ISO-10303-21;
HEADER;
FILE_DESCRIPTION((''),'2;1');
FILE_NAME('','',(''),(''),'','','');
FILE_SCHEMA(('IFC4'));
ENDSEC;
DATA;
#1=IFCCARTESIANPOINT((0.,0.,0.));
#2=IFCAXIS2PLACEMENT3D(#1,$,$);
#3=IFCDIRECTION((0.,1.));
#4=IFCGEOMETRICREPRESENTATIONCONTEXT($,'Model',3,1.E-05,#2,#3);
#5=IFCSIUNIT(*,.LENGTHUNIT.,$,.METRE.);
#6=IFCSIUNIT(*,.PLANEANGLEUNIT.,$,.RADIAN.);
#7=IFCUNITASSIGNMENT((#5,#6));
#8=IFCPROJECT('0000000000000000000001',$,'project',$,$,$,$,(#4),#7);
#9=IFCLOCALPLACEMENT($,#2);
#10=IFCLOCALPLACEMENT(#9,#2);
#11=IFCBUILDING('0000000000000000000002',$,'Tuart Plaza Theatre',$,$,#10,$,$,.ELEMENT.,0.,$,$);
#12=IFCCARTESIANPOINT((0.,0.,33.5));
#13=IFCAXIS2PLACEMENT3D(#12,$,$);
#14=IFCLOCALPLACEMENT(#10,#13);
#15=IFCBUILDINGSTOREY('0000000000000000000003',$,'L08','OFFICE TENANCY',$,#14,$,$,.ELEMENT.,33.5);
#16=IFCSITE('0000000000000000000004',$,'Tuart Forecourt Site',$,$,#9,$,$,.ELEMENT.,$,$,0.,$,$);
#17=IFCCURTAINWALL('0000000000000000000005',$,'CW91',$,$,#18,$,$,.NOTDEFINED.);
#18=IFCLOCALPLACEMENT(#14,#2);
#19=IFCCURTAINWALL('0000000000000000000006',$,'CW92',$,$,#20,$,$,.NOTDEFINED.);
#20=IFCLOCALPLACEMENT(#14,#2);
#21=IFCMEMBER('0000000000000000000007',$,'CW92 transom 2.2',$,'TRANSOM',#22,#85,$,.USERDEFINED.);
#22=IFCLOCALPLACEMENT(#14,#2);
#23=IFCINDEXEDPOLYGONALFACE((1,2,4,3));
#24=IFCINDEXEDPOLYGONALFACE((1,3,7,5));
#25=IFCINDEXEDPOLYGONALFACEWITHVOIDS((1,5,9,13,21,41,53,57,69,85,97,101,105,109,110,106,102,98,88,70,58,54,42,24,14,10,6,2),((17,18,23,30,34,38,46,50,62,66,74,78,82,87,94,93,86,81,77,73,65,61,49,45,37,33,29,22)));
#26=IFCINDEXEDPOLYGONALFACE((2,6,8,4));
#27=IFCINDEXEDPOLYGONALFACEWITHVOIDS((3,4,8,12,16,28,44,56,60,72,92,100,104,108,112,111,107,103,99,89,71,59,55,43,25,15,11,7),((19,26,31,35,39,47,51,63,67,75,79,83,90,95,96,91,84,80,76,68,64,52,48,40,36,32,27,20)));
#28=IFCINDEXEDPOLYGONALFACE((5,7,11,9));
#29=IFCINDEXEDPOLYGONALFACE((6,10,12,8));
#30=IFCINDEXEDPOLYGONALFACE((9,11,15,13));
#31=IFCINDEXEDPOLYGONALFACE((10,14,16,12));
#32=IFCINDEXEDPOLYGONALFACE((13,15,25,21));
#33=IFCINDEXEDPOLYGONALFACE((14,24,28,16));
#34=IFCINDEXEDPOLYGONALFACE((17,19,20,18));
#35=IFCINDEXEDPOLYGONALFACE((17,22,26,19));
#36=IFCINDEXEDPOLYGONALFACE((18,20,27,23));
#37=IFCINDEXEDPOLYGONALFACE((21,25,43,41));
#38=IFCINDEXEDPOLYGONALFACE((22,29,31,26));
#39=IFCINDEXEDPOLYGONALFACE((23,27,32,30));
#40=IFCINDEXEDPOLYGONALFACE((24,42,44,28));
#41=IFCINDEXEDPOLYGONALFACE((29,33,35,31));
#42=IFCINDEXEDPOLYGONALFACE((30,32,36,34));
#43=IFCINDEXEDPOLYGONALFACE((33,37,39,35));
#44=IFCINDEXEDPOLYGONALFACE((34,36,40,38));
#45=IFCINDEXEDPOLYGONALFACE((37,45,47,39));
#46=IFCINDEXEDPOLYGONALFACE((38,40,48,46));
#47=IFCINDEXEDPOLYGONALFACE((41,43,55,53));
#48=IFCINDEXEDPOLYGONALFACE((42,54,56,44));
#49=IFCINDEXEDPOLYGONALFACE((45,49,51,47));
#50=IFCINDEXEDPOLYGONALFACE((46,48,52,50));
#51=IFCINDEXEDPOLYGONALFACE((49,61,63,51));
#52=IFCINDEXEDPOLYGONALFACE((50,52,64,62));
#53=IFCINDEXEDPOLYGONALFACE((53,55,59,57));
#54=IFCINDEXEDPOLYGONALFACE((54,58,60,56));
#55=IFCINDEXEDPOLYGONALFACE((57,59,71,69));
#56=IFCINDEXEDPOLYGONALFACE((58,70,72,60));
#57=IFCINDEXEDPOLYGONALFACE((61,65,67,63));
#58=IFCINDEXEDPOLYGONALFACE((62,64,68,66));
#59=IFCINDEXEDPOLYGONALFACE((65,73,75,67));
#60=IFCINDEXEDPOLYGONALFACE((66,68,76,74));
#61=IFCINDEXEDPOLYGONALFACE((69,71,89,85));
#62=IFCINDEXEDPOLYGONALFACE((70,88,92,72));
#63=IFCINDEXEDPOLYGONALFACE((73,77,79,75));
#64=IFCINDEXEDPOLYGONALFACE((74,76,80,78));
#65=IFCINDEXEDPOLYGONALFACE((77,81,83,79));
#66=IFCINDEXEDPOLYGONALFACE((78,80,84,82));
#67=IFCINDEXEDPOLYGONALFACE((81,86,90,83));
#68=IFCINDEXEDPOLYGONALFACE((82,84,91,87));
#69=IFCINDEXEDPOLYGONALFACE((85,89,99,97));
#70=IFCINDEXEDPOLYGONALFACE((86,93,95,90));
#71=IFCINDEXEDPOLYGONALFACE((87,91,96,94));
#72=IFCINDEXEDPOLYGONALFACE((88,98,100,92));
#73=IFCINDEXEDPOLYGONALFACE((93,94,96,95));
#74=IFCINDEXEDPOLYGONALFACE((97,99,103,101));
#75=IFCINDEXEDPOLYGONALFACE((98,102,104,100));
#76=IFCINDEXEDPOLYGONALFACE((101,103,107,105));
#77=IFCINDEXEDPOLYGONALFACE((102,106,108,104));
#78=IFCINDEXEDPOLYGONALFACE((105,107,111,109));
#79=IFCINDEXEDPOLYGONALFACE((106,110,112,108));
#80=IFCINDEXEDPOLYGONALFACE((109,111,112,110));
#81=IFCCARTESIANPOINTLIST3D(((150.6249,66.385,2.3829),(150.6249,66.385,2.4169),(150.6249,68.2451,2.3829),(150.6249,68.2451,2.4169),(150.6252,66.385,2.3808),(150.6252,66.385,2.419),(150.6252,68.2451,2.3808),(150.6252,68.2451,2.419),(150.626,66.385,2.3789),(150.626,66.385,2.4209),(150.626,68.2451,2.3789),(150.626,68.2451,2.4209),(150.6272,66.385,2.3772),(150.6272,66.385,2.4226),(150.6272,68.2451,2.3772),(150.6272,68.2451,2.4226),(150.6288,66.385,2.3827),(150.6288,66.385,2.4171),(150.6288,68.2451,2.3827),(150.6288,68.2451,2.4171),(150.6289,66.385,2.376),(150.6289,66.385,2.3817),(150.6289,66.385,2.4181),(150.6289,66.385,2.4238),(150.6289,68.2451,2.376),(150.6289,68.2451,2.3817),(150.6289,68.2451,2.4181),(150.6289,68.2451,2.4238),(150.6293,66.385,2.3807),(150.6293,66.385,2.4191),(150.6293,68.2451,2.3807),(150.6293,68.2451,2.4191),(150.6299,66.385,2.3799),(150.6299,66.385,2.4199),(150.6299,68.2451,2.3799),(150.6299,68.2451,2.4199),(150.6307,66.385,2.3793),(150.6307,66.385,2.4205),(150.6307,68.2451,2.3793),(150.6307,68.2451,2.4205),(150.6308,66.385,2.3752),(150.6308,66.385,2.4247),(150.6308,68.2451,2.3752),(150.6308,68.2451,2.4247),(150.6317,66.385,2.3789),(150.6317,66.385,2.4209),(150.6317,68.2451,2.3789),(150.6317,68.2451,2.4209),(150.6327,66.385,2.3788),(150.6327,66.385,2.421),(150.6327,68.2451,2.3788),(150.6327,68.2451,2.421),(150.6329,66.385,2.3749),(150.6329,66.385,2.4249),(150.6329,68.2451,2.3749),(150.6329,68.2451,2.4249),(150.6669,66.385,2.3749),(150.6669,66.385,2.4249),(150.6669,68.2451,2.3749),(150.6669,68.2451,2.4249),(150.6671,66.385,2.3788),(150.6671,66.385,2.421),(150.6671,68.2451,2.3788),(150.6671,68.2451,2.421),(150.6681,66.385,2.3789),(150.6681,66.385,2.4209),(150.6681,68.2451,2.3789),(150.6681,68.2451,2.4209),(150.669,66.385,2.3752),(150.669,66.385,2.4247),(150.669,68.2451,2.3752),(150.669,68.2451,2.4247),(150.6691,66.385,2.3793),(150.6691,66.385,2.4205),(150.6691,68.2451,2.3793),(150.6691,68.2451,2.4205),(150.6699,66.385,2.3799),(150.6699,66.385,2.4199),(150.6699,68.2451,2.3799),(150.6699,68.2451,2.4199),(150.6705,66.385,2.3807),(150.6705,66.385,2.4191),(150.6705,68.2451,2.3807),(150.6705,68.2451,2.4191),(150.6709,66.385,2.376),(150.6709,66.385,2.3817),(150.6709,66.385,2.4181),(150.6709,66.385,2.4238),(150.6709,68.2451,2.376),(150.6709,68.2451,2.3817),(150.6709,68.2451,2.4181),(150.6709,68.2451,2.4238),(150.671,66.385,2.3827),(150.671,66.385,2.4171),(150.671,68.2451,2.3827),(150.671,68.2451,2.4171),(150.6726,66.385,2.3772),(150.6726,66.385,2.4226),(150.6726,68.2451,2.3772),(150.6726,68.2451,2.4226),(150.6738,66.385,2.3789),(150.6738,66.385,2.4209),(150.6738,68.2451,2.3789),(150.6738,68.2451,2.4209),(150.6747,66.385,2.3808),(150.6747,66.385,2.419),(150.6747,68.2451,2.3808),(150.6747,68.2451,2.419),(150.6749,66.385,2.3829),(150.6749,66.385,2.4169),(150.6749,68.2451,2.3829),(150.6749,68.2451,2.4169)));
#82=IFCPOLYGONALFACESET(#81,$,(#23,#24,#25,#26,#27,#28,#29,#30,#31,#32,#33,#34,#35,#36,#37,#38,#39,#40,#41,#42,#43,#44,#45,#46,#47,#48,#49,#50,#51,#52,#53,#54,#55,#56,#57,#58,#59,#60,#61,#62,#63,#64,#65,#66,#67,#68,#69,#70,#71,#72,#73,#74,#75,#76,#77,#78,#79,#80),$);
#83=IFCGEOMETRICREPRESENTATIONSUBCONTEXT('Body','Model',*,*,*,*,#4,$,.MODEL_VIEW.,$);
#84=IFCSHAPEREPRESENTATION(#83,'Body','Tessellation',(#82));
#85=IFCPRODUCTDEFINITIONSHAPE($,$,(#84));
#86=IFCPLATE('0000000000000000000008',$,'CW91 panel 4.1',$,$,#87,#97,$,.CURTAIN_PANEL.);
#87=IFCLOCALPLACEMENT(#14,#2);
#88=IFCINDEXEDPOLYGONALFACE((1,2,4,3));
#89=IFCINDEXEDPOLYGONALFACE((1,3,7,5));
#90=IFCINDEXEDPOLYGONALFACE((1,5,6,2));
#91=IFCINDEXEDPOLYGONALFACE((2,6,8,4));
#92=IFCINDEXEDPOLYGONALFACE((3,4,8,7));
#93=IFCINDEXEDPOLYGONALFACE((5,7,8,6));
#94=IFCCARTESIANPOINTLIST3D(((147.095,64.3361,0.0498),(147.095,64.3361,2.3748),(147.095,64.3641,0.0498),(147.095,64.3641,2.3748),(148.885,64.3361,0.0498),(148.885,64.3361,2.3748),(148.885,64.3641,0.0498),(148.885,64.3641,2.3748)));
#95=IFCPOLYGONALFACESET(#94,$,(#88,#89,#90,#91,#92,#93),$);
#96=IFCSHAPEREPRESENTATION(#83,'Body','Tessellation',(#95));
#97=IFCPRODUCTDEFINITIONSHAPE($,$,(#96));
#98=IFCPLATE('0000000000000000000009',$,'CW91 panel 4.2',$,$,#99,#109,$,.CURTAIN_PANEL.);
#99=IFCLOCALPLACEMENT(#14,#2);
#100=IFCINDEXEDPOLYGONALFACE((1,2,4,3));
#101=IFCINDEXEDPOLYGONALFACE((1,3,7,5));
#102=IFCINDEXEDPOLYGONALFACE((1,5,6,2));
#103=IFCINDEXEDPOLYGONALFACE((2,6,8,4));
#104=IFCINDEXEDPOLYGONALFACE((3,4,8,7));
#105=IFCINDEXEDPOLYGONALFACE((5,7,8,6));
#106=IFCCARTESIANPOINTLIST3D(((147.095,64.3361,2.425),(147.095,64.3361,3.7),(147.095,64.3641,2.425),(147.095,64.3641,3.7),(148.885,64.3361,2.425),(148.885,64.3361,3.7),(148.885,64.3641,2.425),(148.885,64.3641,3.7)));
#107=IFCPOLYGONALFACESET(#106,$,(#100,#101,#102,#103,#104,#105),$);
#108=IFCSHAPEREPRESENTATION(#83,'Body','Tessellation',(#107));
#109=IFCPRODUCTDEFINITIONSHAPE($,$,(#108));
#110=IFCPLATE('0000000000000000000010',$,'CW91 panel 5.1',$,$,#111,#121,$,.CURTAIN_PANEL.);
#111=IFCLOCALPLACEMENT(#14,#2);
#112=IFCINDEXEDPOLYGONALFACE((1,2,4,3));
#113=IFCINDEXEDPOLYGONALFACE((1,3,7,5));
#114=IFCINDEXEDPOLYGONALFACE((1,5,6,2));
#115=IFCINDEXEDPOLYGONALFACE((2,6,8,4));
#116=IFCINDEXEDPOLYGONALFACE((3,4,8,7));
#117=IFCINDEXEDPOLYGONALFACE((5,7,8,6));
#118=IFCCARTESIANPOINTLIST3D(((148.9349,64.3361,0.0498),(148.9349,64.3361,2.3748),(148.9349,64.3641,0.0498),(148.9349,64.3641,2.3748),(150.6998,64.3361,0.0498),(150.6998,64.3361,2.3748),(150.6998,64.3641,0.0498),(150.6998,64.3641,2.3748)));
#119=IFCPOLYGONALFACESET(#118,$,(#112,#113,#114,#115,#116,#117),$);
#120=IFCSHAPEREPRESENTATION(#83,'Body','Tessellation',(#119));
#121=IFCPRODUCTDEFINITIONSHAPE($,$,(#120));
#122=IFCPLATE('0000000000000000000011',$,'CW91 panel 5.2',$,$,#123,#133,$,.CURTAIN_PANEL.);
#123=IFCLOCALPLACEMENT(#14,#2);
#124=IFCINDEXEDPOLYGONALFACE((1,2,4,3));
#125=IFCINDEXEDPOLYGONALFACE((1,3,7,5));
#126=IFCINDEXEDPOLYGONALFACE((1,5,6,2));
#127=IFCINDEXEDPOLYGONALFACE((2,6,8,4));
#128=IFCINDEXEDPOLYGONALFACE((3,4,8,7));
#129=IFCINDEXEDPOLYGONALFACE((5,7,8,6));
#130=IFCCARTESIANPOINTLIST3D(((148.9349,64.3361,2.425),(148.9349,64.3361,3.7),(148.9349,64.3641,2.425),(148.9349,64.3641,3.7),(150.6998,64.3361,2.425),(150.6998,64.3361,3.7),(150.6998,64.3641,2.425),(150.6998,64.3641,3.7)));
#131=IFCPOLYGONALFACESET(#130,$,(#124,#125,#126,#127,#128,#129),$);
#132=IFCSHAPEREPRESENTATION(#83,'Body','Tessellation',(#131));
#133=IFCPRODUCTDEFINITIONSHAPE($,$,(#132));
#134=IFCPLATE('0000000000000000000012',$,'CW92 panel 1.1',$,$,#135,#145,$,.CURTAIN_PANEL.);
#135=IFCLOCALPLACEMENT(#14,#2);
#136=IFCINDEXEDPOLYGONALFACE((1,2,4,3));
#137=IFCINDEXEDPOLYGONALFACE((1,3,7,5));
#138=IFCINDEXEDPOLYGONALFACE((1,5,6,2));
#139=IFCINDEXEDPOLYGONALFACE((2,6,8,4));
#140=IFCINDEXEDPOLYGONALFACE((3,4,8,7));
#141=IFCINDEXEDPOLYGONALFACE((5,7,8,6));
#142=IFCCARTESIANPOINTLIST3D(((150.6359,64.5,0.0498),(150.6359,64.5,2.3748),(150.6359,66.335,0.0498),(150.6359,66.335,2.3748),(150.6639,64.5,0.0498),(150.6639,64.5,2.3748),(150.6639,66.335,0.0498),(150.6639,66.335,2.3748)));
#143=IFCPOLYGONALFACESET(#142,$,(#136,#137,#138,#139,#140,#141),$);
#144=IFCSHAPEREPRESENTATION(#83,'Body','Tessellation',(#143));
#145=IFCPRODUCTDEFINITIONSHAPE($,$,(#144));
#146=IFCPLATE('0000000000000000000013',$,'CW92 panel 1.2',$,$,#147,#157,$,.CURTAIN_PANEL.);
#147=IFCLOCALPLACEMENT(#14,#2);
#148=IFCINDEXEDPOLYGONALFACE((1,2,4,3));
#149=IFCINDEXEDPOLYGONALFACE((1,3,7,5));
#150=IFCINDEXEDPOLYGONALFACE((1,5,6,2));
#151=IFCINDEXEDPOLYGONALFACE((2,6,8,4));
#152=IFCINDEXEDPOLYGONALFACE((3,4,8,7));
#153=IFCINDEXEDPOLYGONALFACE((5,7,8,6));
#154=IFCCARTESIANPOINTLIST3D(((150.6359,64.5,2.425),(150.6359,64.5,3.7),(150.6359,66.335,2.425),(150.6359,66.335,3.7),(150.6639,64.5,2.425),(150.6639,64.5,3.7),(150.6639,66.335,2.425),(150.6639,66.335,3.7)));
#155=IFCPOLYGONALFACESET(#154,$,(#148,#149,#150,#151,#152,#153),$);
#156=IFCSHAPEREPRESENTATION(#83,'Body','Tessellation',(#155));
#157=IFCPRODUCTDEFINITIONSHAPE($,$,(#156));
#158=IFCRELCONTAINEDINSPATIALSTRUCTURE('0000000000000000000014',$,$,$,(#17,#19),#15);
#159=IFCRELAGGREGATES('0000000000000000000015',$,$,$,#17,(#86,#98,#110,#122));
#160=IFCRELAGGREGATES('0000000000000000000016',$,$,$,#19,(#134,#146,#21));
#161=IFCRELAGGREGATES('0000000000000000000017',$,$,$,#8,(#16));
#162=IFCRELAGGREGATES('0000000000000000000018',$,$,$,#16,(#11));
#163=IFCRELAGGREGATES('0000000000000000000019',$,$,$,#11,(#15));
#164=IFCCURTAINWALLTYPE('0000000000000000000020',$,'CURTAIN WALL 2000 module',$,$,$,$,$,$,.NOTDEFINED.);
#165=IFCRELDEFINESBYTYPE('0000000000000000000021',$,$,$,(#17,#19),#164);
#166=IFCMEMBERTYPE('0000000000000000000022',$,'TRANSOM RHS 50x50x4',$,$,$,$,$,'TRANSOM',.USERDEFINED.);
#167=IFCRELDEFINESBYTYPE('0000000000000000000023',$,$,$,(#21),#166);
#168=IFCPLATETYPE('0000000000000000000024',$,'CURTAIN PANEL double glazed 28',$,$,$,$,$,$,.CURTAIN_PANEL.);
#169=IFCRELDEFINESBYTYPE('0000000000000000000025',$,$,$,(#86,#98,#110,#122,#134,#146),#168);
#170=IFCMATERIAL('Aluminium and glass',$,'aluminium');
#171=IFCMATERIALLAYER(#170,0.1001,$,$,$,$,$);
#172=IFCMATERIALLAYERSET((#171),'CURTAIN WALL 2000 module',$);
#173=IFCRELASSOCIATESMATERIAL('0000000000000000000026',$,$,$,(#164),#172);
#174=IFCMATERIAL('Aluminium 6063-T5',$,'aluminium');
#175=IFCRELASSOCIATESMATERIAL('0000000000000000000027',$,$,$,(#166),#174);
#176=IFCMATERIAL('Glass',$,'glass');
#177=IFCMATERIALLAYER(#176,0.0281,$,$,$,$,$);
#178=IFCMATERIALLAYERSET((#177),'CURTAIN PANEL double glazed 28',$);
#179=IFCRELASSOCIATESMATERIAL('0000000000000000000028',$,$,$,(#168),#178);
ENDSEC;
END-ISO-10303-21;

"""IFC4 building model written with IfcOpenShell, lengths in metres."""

from ifc_helpers import new_model, si_unit, direction, frame, origin, origin_2d, place, context, subcontext, project, spatial, rectangle, hollow_rectangle, extrude, material, layer, layer_set, material_profile, profile_set, type_object, element, aggregate, save


model = new_model("IFC4")

# Units and contexts
model_context = context("Model", 3, precision=1e-05, world=origin(), true_north=direction((0.0, 1.0)))
body_context = subcontext(model_context, "Body", "Model", "MODEL_VIEW")
ifc_project = project(units=[si_unit("LENGTHUNIT", "METRE"), si_unit("PLANEANGLEUNIT", "RADIAN")], contexts=[model_context])

# Site, building, storey
site_placement = place(None, origin())
site = spatial("IfcSite", under=ifc_project, at=site_placement, Name="Tuart Forecourt Site", CompositionType="ELEMENT", RefElevation=0.0)
building_placement = place(site_placement, origin())
building = spatial("IfcBuilding", under=site, at=building_placement, Name="Tuart Plaza Theatre", CompositionType="ELEMENT", ElevationOfRefHeight=0.0)
storey_placement = place(building_placement, frame((0.0, 0.0, 33.5)))
storey = spatial("IfcBuildingStorey", under=building, at=storey_placement, Name="L08", Description="OFFICE TENANCY", CompositionType="ELEMENT", Elevation=33.5)

# Curtain walls
ifc_material_1 = material(Name="Aluminium and glass", Category="aluminium")
ifc_layer_1 = layer(ifc_material_1, 0.1001)
ifc_layer_set_1 = layer_set([ifc_layer_1], Name="CURTAIN WALL 2000 module")
curtain_wall_type = type_object("IfcCurtainWallType", Name="CURTAIN WALL 2000 module", PredefinedType="NOTDEFINED", material=ifc_layer_set_1)
curtain_wall_1_placement = place(storey_placement, origin())
curtain_wall_1 = element("IfcCurtainWall", 1, at=curtain_wall_1_placement, inside=storey, type_object=curtain_wall_type, Name="CW91", PredefinedType="NOTDEFINED")
curtain_wall_2_placement = place(storey_placement, origin())
curtain_wall_2 = element("IfcCurtainWall", 2, at=curtain_wall_2_placement, inside=storey, type_object=curtain_wall_type, Name="CW92", PredefinedType="NOTDEFINED")

# Member
ifc_material_2 = material(Name="Aluminium 6063-T5", Category="aluminium")
ifc_material_profile_1 = material_profile(ifc_material_2, hollow_rectangle(XDim=0.05, YDim=0.05, WallThickness=0.0039, InnerFilletRadius=0.0039, OuterFilletRadius=0.0081, at=origin_2d()), Name="RHS 50x50x4")
ifc_profile_set_1 = profile_set([ifc_material_profile_1], Name="Aluminium 6063-T5")
member_type_1 = type_object("IfcMemberType", Name="TRANSOM RHS 50x50x4", ElementType="TRANSOM", PredefinedType="USERDEFINED", material=ifc_profile_set_1)
member_1_placement = place(storey_placement, frame((150.6499, 66.385, 2.3999), z_axis=(0.0, 1.0, 0.0), x_axis=(-1.0, 0.0, 0.0)))
member_1 = element("IfcMember", 3, at=member_1_placement, type_object=member_type_1, Name="CW92 transom 2.2", ObjectType="TRANSOM", PredefinedType="USERDEFINED", context=body_context, shape_type="SweptSolid", body=[
    extrude(hollow_rectangle(XDim=0.05, YDim=0.05, WallThickness=0.0039, InnerFilletRadius=0.0039, OuterFilletRadius=0.0081, at=origin_2d()), origin(), (0.0, 0.0, 1.0), 1.8601),
])

# Plates
ifc_material_3 = material(Name="Glass", Category="glass")
ifc_layer_2 = layer(ifc_material_3, 0.0281)
ifc_layer_set_2 = layer_set([ifc_layer_2], Name="CURTAIN PANEL double glazed 28")
plate_type = type_object("IfcPlateType", Name="CURTAIN PANEL double glazed 28", PredefinedType="CURTAIN_PANEL", material=ifc_layer_set_2)
plate_1_placement = place(storey_placement, frame((147.99, 64.3501, 0.0498), z_axis=(0.0, 0.0, 1.0), x_axis=(1.0, 0.0, 0.0)))
plate_1 = element("IfcPlate", 4, at=plate_1_placement, type_object=plate_type, Name="CW91 panel 4.1", PredefinedType="CURTAIN_PANEL", context=body_context, shape_type="SweptSolid", body=[
    extrude(rectangle(XDim=1.79, YDim=0.0281, at=origin_2d()), origin(), (0.0, 0.0, 1.0), 2.325),
])
plate_2_placement = place(storey_placement, frame((147.99, 64.3501, 2.425), z_axis=(0.0, 0.0, 1.0), x_axis=(1.0, 0.0, 0.0)))
plate_2 = element("IfcPlate", 5, at=plate_2_placement, type_object=plate_type, Name="CW91 panel 4.2", PredefinedType="CURTAIN_PANEL", context=body_context, shape_type="SweptSolid", body=[
    extrude(rectangle(XDim=1.79, YDim=0.0281, at=origin_2d()), origin(), (0.0, 0.0, 1.0), 1.2749),
])
plate_3_placement = place(storey_placement, frame((149.8174, 64.3501, 0.0498), z_axis=(0.0, 0.0, 1.0), x_axis=(1.0, 0.0, 0.0)))
plate_3 = element("IfcPlate", 6, at=plate_3_placement, type_object=plate_type, Name="CW91 panel 5.1", PredefinedType="CURTAIN_PANEL", context=body_context, shape_type="SweptSolid", body=[
    extrude(rectangle(XDim=1.7649, YDim=0.0281, at=origin_2d()), origin(), (0.0, 0.0, 1.0), 2.325),
])
plate_4_placement = place(storey_placement, frame((149.8174, 64.3501, 2.425), z_axis=(0.0, 0.0, 1.0), x_axis=(1.0, 0.0, 0.0)))
plate_4 = element("IfcPlate", 7, at=plate_4_placement, type_object=plate_type, Name="CW91 panel 5.2", PredefinedType="CURTAIN_PANEL", context=body_context, shape_type="SweptSolid", body=[
    extrude(rectangle(XDim=1.7649, YDim=0.0281, at=origin_2d()), origin(), (0.0, 0.0, 1.0), 1.2749),
])
aggregate(curtain_wall_1, [plate_1, plate_2, plate_3, plate_4])
plate_5_placement = place(storey_placement, frame((150.6499, 65.4175, 0.0498), z_axis=(0.0, 0.0, 1.0), x_axis=(0.0, 1.0, 0.0)))
plate_5 = element("IfcPlate", 8, at=plate_5_placement, type_object=plate_type, Name="CW92 panel 1.1", PredefinedType="CURTAIN_PANEL", context=body_context, shape_type="SweptSolid", body=[
    extrude(rectangle(XDim=1.835, YDim=0.0281, at=origin_2d()), origin(), (0.0, 0.0, 1.0), 2.325),
])
plate_6_placement = place(storey_placement, frame((150.6499, 65.4175, 2.425), z_axis=(0.0, 0.0, 1.0), x_axis=(0.0, 1.0, 0.0)))
plate_6 = element("IfcPlate", 9, at=plate_6_placement, type_object=plate_type, Name="CW92 panel 1.2", PredefinedType="CURTAIN_PANEL", context=body_context, shape_type="SweptSolid", body=[
    extrude(rectangle(XDim=1.835, YDim=0.0281, at=origin_2d()), origin(), (0.0, 0.0, 1.0), 1.2749),
])
aggregate(curtain_wall_2, [plate_5, plate_6, member_1])

save(model, "model.ifc")
